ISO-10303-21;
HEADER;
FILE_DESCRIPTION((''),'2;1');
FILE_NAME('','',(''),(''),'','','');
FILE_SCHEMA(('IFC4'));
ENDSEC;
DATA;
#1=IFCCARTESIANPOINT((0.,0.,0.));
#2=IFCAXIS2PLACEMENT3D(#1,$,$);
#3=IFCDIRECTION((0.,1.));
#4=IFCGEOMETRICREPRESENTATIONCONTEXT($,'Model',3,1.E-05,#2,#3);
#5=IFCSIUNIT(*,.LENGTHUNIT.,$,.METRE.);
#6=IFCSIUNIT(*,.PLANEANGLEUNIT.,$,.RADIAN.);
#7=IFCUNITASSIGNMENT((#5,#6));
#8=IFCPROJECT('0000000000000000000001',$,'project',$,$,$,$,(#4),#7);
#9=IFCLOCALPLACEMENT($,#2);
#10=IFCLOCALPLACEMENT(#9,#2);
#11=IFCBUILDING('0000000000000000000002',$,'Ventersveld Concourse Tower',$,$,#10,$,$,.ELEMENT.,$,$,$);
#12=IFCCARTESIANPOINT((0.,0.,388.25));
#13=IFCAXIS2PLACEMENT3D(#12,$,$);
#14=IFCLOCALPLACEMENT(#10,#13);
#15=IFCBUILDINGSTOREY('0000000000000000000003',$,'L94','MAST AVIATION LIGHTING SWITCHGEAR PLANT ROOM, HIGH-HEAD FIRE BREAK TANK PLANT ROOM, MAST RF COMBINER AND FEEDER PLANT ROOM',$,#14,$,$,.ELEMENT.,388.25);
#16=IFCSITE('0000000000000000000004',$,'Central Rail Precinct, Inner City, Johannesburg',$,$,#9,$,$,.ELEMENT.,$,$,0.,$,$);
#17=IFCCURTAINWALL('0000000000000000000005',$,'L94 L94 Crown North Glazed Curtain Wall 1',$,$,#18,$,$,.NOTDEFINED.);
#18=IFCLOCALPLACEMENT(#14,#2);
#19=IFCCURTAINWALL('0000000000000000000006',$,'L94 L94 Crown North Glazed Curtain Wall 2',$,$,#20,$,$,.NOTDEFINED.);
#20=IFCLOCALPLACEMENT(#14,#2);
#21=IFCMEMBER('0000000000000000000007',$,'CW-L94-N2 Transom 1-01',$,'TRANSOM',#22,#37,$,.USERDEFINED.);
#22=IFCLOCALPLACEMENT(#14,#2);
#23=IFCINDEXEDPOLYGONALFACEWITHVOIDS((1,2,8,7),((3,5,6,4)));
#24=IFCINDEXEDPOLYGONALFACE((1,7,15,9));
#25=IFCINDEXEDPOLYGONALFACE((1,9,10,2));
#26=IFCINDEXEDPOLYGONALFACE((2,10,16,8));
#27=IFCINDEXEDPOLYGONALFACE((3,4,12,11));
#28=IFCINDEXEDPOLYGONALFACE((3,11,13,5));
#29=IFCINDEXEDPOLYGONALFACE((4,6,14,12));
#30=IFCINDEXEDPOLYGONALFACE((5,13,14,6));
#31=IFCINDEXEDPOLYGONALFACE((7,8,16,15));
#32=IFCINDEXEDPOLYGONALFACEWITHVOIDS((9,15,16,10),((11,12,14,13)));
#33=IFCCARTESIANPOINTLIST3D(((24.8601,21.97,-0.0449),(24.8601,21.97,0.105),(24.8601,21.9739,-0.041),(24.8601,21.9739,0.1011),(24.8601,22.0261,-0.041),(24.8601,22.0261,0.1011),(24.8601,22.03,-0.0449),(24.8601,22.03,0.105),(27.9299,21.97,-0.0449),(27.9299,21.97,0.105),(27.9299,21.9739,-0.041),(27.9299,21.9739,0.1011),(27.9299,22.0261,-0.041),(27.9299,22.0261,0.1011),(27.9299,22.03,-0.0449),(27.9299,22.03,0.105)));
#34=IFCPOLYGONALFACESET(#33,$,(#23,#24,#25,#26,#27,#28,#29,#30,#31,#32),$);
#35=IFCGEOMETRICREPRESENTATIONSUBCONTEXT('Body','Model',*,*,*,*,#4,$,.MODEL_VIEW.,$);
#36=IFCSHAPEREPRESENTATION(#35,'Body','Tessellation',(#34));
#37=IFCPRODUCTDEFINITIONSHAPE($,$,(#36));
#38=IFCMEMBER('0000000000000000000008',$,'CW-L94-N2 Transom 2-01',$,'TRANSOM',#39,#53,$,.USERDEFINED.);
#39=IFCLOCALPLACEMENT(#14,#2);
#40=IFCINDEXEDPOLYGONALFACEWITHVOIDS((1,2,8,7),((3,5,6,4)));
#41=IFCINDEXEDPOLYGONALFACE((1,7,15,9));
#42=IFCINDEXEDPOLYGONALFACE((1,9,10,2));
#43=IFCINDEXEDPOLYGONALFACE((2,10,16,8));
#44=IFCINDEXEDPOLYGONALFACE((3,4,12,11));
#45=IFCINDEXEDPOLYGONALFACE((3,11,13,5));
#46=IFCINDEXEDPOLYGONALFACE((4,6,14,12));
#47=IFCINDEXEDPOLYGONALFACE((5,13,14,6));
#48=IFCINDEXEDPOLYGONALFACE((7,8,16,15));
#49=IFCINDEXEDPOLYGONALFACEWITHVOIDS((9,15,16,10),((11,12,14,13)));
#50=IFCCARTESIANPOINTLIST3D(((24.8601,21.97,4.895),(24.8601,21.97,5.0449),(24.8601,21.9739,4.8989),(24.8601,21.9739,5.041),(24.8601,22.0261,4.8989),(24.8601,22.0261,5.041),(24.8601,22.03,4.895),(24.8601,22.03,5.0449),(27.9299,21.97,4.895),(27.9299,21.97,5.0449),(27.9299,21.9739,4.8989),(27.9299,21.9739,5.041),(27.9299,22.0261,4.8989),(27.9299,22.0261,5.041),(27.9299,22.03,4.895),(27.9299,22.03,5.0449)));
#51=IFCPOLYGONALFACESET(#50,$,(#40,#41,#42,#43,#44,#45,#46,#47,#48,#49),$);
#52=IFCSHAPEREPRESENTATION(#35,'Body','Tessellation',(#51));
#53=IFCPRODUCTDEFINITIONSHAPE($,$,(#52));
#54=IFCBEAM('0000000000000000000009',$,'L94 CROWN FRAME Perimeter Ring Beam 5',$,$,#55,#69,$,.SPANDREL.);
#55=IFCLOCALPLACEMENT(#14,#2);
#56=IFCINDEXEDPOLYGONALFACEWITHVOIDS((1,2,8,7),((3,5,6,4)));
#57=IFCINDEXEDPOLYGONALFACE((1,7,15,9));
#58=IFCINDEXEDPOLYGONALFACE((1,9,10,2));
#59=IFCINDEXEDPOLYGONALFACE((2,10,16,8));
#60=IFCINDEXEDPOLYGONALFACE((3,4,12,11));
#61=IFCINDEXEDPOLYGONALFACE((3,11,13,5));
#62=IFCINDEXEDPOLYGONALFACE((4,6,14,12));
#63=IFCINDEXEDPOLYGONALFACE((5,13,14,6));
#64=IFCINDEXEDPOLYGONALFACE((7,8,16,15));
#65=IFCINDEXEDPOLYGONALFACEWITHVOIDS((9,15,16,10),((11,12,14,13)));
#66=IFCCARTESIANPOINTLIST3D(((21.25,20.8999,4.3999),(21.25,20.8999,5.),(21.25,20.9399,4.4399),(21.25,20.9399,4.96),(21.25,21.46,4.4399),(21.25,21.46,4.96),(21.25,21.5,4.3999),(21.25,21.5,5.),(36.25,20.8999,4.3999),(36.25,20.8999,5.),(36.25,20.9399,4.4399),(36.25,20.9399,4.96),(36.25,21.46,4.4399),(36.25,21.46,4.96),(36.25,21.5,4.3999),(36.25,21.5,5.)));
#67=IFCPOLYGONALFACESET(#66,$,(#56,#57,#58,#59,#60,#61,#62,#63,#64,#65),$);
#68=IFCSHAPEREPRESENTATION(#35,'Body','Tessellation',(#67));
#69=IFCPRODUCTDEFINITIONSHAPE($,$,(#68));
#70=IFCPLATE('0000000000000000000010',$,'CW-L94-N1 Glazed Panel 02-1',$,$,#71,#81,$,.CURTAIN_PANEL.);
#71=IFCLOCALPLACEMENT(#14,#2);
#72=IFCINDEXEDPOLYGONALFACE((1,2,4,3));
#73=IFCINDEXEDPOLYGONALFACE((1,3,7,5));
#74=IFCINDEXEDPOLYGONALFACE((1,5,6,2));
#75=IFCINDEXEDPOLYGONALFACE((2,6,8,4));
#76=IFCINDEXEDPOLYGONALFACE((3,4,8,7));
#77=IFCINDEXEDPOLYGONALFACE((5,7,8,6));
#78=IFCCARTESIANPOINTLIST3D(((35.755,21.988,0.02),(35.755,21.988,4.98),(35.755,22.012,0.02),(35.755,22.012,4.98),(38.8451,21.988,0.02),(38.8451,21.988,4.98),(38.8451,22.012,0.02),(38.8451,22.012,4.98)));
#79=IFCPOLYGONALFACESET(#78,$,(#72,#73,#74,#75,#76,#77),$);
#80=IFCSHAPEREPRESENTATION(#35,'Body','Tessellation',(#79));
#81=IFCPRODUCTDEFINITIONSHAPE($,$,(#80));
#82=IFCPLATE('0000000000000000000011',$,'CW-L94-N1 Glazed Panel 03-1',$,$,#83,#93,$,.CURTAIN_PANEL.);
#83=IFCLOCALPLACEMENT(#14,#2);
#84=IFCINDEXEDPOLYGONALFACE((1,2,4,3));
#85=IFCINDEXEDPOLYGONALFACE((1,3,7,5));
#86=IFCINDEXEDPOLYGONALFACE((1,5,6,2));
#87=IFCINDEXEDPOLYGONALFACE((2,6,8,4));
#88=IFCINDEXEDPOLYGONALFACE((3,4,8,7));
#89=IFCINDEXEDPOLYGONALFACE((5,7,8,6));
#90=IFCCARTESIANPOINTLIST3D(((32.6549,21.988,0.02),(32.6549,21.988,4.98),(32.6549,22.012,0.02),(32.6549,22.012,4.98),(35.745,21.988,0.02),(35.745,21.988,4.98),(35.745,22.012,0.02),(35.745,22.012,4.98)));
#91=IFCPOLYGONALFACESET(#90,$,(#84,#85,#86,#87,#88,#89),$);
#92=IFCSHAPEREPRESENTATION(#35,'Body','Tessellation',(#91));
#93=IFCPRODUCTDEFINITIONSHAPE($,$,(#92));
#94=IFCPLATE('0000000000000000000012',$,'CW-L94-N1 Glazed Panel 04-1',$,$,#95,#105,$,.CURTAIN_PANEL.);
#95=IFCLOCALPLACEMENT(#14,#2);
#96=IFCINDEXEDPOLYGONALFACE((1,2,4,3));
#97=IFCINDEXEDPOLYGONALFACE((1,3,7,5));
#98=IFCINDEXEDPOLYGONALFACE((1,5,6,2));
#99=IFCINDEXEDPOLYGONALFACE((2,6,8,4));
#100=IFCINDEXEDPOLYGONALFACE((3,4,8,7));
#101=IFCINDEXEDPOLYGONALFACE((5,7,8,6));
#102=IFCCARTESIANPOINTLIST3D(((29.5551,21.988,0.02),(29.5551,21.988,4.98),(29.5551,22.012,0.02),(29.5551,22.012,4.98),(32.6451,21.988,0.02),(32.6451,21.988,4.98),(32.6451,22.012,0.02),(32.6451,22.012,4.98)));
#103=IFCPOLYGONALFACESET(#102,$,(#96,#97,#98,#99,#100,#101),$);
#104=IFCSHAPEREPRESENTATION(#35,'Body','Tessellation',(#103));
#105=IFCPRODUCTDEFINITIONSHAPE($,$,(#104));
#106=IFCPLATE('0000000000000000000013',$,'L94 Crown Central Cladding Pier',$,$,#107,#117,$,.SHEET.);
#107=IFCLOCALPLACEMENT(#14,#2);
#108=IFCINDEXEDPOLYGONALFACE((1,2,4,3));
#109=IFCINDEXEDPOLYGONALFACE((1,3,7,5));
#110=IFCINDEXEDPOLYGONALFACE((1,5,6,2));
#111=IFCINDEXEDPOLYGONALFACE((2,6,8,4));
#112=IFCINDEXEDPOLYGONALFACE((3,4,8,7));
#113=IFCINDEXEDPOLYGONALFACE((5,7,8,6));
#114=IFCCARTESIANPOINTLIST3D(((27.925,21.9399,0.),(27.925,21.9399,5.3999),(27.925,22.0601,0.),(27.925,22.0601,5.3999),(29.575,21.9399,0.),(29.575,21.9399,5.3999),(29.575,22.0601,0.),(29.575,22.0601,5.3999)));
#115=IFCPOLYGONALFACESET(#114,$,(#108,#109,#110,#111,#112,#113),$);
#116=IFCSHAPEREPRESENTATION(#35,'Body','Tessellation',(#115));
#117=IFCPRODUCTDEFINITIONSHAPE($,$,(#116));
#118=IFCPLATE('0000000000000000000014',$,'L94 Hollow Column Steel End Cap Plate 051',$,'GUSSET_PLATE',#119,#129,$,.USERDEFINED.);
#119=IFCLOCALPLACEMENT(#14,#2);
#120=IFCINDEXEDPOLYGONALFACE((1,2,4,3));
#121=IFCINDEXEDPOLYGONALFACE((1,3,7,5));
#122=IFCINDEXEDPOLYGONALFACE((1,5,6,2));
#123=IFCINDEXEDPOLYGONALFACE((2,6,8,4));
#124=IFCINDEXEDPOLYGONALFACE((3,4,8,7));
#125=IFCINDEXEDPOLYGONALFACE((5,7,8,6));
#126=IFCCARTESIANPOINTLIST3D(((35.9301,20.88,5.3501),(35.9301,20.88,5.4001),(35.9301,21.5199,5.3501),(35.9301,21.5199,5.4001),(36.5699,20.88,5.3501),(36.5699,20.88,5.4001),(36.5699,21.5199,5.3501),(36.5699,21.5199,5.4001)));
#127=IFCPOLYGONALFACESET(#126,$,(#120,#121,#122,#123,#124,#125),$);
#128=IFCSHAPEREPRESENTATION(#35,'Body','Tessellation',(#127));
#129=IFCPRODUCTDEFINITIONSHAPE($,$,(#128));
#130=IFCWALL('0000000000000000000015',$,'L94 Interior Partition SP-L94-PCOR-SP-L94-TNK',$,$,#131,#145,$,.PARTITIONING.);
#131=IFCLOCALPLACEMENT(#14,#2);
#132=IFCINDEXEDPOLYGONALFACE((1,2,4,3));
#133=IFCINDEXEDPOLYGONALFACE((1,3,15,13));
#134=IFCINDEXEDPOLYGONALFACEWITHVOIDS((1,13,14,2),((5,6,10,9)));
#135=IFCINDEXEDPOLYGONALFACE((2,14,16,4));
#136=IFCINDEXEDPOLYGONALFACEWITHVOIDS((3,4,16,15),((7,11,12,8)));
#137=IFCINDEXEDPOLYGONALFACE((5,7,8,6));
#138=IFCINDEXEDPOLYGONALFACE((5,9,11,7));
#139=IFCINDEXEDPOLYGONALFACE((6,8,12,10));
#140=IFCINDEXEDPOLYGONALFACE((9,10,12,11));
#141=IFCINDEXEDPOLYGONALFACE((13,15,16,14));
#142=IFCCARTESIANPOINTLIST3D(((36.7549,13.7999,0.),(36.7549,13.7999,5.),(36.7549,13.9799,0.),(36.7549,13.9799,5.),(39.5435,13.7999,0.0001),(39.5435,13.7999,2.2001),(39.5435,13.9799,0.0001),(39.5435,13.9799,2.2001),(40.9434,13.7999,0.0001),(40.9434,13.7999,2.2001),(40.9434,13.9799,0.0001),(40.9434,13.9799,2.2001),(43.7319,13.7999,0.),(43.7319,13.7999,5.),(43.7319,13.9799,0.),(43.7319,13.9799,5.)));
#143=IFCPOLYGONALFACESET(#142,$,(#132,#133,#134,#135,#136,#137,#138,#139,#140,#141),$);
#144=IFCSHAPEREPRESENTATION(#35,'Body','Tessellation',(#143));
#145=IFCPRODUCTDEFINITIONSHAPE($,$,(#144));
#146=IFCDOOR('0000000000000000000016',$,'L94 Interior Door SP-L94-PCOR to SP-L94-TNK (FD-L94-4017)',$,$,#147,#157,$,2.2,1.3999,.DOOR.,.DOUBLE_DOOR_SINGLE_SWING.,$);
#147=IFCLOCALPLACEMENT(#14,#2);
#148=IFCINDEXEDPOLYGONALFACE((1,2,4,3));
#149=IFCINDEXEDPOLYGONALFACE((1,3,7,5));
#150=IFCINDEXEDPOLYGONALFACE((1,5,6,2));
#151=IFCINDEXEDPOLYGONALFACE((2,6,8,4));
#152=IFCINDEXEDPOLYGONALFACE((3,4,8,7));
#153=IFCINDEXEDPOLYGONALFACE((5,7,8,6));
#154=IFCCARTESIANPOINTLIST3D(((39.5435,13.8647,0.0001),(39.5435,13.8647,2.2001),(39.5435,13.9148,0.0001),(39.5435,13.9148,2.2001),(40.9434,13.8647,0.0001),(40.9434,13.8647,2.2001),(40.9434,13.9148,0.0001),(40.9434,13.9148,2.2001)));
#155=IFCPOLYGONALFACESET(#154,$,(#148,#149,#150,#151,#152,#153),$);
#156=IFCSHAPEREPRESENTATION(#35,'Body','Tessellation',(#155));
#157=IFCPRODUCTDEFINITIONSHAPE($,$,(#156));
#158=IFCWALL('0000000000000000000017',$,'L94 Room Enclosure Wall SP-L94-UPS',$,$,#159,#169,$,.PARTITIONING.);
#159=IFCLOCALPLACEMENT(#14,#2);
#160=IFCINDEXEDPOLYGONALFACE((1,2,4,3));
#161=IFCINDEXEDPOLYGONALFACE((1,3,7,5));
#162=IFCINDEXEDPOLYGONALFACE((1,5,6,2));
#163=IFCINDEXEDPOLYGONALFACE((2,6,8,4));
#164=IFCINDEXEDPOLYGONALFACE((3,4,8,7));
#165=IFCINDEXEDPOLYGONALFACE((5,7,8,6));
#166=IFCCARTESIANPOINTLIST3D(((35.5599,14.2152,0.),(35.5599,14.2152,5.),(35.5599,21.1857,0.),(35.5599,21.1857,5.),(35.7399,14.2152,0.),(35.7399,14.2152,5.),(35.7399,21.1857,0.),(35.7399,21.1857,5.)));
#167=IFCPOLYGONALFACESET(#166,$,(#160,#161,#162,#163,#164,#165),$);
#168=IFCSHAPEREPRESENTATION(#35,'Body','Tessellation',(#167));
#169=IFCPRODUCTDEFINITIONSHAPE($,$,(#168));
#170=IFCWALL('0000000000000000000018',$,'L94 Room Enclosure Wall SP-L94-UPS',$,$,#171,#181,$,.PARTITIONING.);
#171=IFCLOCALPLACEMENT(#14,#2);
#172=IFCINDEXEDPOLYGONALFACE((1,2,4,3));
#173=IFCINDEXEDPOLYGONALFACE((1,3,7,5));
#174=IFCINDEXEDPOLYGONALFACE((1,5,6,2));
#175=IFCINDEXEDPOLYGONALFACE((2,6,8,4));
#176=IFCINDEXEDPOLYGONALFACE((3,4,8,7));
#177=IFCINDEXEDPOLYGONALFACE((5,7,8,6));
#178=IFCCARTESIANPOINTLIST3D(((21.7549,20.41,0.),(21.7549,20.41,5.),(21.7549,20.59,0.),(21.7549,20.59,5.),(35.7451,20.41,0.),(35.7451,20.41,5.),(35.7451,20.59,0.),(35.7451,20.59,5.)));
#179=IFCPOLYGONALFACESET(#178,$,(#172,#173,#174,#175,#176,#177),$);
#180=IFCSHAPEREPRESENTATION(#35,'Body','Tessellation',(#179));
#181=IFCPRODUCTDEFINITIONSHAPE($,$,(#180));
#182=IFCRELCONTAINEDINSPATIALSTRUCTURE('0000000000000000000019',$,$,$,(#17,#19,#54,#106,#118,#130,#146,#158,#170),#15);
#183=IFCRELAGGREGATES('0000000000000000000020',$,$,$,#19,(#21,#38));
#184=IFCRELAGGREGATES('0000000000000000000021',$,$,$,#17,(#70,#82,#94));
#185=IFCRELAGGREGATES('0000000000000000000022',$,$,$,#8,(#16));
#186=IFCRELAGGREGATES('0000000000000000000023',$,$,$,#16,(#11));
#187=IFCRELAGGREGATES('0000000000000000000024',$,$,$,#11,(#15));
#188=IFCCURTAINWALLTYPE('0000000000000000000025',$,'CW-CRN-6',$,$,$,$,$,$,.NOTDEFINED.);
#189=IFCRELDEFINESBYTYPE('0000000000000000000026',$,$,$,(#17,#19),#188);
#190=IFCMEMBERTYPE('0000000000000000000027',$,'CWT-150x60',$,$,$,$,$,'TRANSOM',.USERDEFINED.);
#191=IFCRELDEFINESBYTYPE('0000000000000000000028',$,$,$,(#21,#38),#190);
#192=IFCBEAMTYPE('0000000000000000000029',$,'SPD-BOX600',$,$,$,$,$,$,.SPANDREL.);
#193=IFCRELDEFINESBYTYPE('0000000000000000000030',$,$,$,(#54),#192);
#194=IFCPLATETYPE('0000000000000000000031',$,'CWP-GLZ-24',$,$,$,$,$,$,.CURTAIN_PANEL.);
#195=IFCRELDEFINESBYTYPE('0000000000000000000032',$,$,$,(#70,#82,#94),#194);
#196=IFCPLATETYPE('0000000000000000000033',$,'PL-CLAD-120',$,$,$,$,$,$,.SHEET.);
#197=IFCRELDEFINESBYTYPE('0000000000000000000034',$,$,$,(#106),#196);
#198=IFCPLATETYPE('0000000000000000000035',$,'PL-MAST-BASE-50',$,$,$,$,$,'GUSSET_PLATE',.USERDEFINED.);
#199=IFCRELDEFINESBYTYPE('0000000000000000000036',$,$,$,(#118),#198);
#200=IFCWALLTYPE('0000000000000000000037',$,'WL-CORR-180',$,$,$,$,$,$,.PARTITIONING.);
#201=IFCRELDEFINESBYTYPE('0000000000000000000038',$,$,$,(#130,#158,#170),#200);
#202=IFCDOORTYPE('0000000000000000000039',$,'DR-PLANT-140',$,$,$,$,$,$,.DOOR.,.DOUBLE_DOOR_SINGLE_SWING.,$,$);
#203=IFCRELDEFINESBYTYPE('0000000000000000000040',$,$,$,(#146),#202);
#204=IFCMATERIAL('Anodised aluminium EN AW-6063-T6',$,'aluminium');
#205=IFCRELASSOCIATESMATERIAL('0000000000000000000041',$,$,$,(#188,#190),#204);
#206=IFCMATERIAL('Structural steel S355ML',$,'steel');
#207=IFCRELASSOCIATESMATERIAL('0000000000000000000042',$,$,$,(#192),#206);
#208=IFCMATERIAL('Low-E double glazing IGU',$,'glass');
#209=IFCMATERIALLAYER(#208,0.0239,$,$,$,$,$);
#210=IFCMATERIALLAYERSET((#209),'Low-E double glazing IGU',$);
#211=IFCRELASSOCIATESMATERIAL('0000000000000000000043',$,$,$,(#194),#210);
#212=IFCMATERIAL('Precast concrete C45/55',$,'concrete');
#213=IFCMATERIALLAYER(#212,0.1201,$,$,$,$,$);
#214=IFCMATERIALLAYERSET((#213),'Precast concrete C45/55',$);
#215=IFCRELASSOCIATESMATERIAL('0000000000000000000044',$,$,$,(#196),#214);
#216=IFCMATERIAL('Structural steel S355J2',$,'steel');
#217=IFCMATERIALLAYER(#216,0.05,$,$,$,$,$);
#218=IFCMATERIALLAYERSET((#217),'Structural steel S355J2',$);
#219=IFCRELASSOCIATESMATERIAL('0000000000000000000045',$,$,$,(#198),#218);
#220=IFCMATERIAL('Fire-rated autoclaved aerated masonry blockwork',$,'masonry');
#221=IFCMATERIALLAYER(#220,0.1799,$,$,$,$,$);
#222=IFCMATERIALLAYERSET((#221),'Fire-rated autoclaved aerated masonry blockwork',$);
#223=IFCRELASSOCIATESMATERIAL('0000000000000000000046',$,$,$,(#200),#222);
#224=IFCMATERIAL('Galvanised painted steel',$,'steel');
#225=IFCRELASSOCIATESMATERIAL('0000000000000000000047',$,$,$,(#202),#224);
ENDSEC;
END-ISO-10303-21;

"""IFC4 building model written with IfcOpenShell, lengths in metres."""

from ifc_helpers import new_model, si_unit, direction, frame, frame_2d, origin, origin_2d, place, context, subcontext, project, spatial, rectangle, hollow_rectangle, extrude, material, layer, layer_set, material_profile, profile_set, type_object, element, fill, aggregate, save


model = new_model("IFC4")

# Units and contexts
model_context = context("Model", 3, precision=1e-05, world=origin(), true_north=direction((0.0, 1.0)))
body_context = subcontext(model_context, "Body", "Model", "MODEL_VIEW")
ifc_project = project(units=[si_unit("LENGTHUNIT", "METRE"), si_unit("PLANEANGLEUNIT", "RADIAN")], contexts=[model_context])

# Site, building, storey
site_placement = place(None, origin())
site = spatial("IfcSite", under=ifc_project, at=site_placement, Name="Central Rail Precinct, Inner City, Johannesburg", CompositionType="ELEMENT", RefElevation=0.0)
building_placement = place(site_placement, origin())
building = spatial("IfcBuilding", under=site, at=building_placement, Name="Ventersveld Concourse Tower", CompositionType="ELEMENT")
storey_placement = place(building_placement, frame((0.0, 0.0, 388.25)))
storey = spatial("IfcBuildingStorey", under=building, at=storey_placement, Name="L94", Description="MAST AVIATION LIGHTING SWITCHGEAR PLANT ROOM, HIGH-HEAD FIRE BREAK TANK PLANT ROOM, MAST RF COMBINER AND FEEDER PLANT ROOM", CompositionType="ELEMENT", Elevation=388.25)

# Shared definitions
ifc_material_1 = material(Name="Structural steel S355ML", Category="steel")

# Curtain wall
ifc_material_2 = material(Name="Anodised aluminium EN AW-6063-T6", Category="aluminium")
curtain_wall_type = type_object("IfcCurtainWallType", Name="CW-CRN-6", PredefinedType="NOTDEFINED", material=ifc_material_2)
curtain_wall_1_placement = place(storey_placement, origin())
curtain_wall_1 = element("IfcCurtainWall", 1, at=curtain_wall_1_placement, inside=storey, type_object=curtain_wall_type, Name="L94 L94 Crown North Glazed Curtain Wall 1", PredefinedType="NOTDEFINED")

# Curtain wall
curtain_wall_2_placement = place(storey_placement, origin())
curtain_wall_2 = element("IfcCurtainWall", 2, at=curtain_wall_2_placement, inside=storey, type_object=curtain_wall_type, Name="L94 L94 Crown North Glazed Curtain Wall 2", PredefinedType="NOTDEFINED")

# Members
ifc_material_profile_1 = material_profile(ifc_material_2, hollow_rectangle(XDim=0.0601, YDim=0.1499, WallThickness=0.0039, at=origin_2d()), Name="ALU 150x60x4")
ifc_profile_set_1 = profile_set([ifc_material_profile_1], Name="Anodised aluminium EN AW-6063-T6")
member_type_1 = type_object("IfcMemberType", Name="CWT-150x60", ElementType="TRANSOM", PredefinedType="USERDEFINED", material=ifc_profile_set_1)
member_1_placement = place(storey_placement, frame((27.9299, 22.0, 0.03), z_axis=(-1.0, 0.0, 0.0), x_axis=(0.0, -1.0, 0.0)))
member_1 = element("IfcMember", 3, at=member_1_placement, type_object=member_type_1, Name="CW-L94-N2 Transom 1-01", ObjectType="TRANSOM", PredefinedType="USERDEFINED", context=body_context, shape_type="SweptSolid", body=[
    extrude(hollow_rectangle(XDim=0.0601, YDim=0.1499, WallThickness=0.0039, at=origin_2d()), origin(), (0.0, 0.0, 1.0), 3.0698),
])
member_2_placement = place(storey_placement, frame((27.9299, 22.0, 4.97), z_axis=(-1.0, 0.0, 0.0), x_axis=(0.0, -1.0, 0.0)))
member_2 = element("IfcMember", 4, at=member_2_placement, type_object=member_type_1, Name="CW-L94-N2 Transom 2-01", ObjectType="TRANSOM", PredefinedType="USERDEFINED", context=body_context, shape_type="SweptSolid", body=[
    extrude(hollow_rectangle(XDim=0.0601, YDim=0.1499, WallThickness=0.0039, at=origin_2d()), origin(), (0.0, 0.0, 1.0), 3.0698),
])
aggregate(curtain_wall_2, [member_1, member_2])

# Beam
ifc_material_profile_2 = material_profile(ifc_material_1, hollow_rectangle(XDim=0.6001, YDim=0.6001, WallThickness=0.04, at=origin_2d()), Name="BOX 600x600x40")
ifc_profile_set_2 = profile_set([ifc_material_profile_2], Name="Structural steel S355ML")
beam_type = type_object("IfcBeamType", Name="SPD-BOX600", PredefinedType="SPANDREL", material=ifc_profile_set_2)
beam_placement = place(storey_placement, frame((36.25, 21.2, 4.7), z_axis=(-1.0, 0.0, 0.0), x_axis=(0.0, -1.0, 0.0)))
element("IfcBeam", 5, at=beam_placement, inside=storey, type_object=beam_type, Name="L94 CROWN FRAME Perimeter Ring Beam 5", PredefinedType="SPANDREL", context=body_context, shape_type="SweptSolid", body=[
    extrude(hollow_rectangle(XDim=0.6001, YDim=0.6001, WallThickness=0.04, at=origin_2d()), origin(), (0.0, 0.0, 1.0), 15.0),
])

# Plates
ifc_material_3 = material(Name="Low-E double glazing IGU", Category="glass")
ifc_layer_1 = layer(ifc_material_3, 0.0239)
ifc_layer_set_1 = layer_set([ifc_layer_1], Name="Low-E double glazing IGU")
plate_type_1 = type_object("IfcPlateType", Name="CWP-GLZ-24", PredefinedType="CURTAIN_PANEL", material=ifc_layer_set_1)
plate_1_placement = place(storey_placement, frame((37.3, 22.0, 0.02), z_axis=(0.0, 0.0, 1.0), x_axis=(-1.0, 0.0, 0.0)))
plate_1 = element("IfcPlate", 6, at=plate_1_placement, type_object=plate_type_1, Name="CW-L94-N1 Glazed Panel 02-1", PredefinedType="CURTAIN_PANEL", context=body_context, shape_type="SweptSolid", body=[
    extrude(rectangle(XDim=3.0901, YDim=0.0239, at=origin_2d()), origin(), (0.0, 0.0, 1.0), 4.96),
])
plate_2_placement = place(storey_placement, frame((34.2, 22.0, 0.02), z_axis=(0.0, 0.0, 1.0), x_axis=(-1.0, 0.0, 0.0)))
plate_2 = element("IfcPlate", 7, at=plate_2_placement, type_object=plate_type_1, Name="CW-L94-N1 Glazed Panel 03-1", PredefinedType="CURTAIN_PANEL", context=body_context, shape_type="SweptSolid", body=[
    extrude(rectangle(XDim=3.0901, YDim=0.0239, at=origin_2d()), origin(), (0.0, 0.0, 1.0), 4.96),
])
plate_3_placement = place(storey_placement, frame((31.1001, 22.0, 0.02), z_axis=(0.0, 0.0, 1.0), x_axis=(-1.0, 0.0, 0.0)))
plate_3 = element("IfcPlate", 8, at=plate_3_placement, type_object=plate_type_1, Name="CW-L94-N1 Glazed Panel 04-1", PredefinedType="CURTAIN_PANEL", context=body_context, shape_type="SweptSolid", body=[
    extrude(rectangle(XDim=3.0901, YDim=0.0239, at=origin_2d()), origin(), (0.0, 0.0, 1.0), 4.96),
])
aggregate(curtain_wall_1, [plate_1, plate_2, plate_3])

# Plates
ifc_material_4 = material(Name="Precast concrete C45/55", Category="concrete")
ifc_layer_2 = layer(ifc_material_4, 0.1201)
ifc_layer_set_2 = layer_set([ifc_layer_2], Name="Precast concrete C45/55")
plate_type_2 = type_object("IfcPlateType", Name="PL-CLAD-120", PredefinedType="SHEET", material=ifc_layer_set_2)
plate_4_placement = place(storey_placement, frame((28.75, 22.0, 0.0), z_axis=(0.0, 0.0, 1.0), x_axis=(-1.0, 0.0, 0.0)))
element("IfcPlate", 9, at=plate_4_placement, inside=storey, type_object=plate_type_2, Name="L94 Crown Central Cladding Pier", PredefinedType="SHEET", context=body_context, shape_type="SweptSolid", body=[
    extrude(rectangle(XDim=1.6499, YDim=0.1201, at=origin_2d()), origin(), (0.0, 0.0, 1.0), 5.3999),
])
ifc_material_5 = material(Name="Structural steel S355J2", Category="steel")
ifc_layer_3 = layer(ifc_material_5, 0.05)
ifc_layer_set_3 = layer_set([ifc_layer_3], Name="Structural steel S355J2")
plate_type_3 = type_object("IfcPlateType", Name="PL-MAST-BASE-50", ElementType="GUSSET_PLATE", PredefinedType="USERDEFINED", material=ifc_layer_set_3)
plate_5_placement = place(storey_placement, frame((36.25, 21.2, 5.3501), z_axis=(0.0, 0.0, 1.0), x_axis=(1.0, 0.0, 0.0)))
element("IfcPlate", 10, at=plate_5_placement, inside=storey, type_object=plate_type_3, Name="L94 Hollow Column Steel End Cap Plate 051", ObjectType="GUSSET_PLATE", PredefinedType="USERDEFINED", context=body_context, shape_type="SweptSolid", body=[
    extrude(rectangle(XDim=0.6399, YDim=0.6399, at=origin_2d()), origin(), (0.0, 0.0, 1.0), 0.05),
])

# Wall, opening, door
ifc_material_6 = material(Name="Fire-rated autoclaved aerated masonry blockwork", Category="masonry")
ifc_layer_4 = layer(ifc_material_6, 0.1799)
ifc_layer_set_4 = layer_set([ifc_layer_4], Name="Fire-rated autoclaved aerated masonry blockwork")
wall_type = type_object("IfcWallType", Name="WL-CORR-180", PredefinedType="PARTITIONING", material=ifc_layer_set_4)
wall_1_placement = place(storey_placement, frame((36.7549, 13.8899, 0.0), z_axis=(0.0, 0.0, 1.0), x_axis=(1.0, 0.0, 0.0)))
wall_1 = element("IfcWall", 11, at=wall_1_placement, inside=storey, type_object=wall_type, Name="L94 Interior Partition SP-L94-PCOR-SP-L94-TNK", PredefinedType="PARTITIONING", context=body_context, shape_type="SweptSolid", body=[
    extrude(rectangle(XDim=6.9771, YDim=0.1799, at=frame_2d((3.4885, 0.0))), origin(), (0.0, 0.0, 1.0), 5.0),
])
opening_placement = place(wall_1_placement, frame((2.7886, 0.0, 0.0)))
opening = element("IfcOpeningElement", 12, at=opening_placement, cuts=wall_1, PredefinedType="OPENING", context=body_context, shape_type="SweptSolid", body=[
    extrude(rectangle(XDim=1.3999, YDim=2.2, at=frame_2d((0.7, 1.1001))), frame((0.0, 0.1001, 0.0), z_axis=(0.0, -1.0, 0.0), x_axis=(1.0, 0.0, 0.0)), (0.0, 0.0, 1.0), 0.2),
])
ifc_material_7 = material(Name="Galvanised painted steel", Category="steel")
door_type = type_object("IfcDoorType", Name="DR-PLANT-140", OperationType="DOUBLE_DOOR_SINGLE_SWING", PredefinedType="DOOR", material=ifc_material_7)
door_placement = place(opening_placement, origin())
door = element("IfcDoor", 13, at=door_placement, inside=storey, type_object=door_type, Name="L94 Interior Door SP-L94-PCOR to SP-L94-TNK (FD-L94-4017)", OperationType="DOUBLE_DOOR_SINGLE_SWING", OverallHeight=2.2, OverallWidth=1.3999, PredefinedType="DOOR", context=body_context, shape_type="SweptSolid", body=[
    extrude(rectangle(XDim=1.3999, YDim=2.2, at=frame_2d((0.7, 1.1001))), frame((0.0, 0.0249, 0.0), z_axis=(0.0, -1.0, 0.0), x_axis=(1.0, 0.0, 0.0)), (0.0, 0.0, 1.0), 0.05),
])
fill(opening, door)

# Walls
wall_2_placement = place(storey_placement, frame((35.6499, 14.2151, 0.0), z_axis=(0.0, 0.0, 1.0), x_axis=(0.0, 1.0, 0.0)))
element("IfcWall", 14, at=wall_2_placement, inside=storey, type_object=wall_type, Name="L94 Room Enclosure Wall SP-L94-UPS", PredefinedType="PARTITIONING", context=body_context, shape_type="SweptSolid", body=[
    extrude(rectangle(XDim=6.9705, YDim=0.1799, at=frame_2d((3.4854, 0.0))), origin(), (0.0, 0.0, 1.0), 5.0),
])
wall_3_placement = place(storey_placement, frame((35.7451, 20.5, 0.0), z_axis=(0.0, 0.0, 1.0), x_axis=(-1.0, 0.0, 0.0)))
element("IfcWall", 15, at=wall_3_placement, inside=storey, type_object=wall_type, Name="L94 Room Enclosure Wall SP-L94-UPS", PredefinedType="PARTITIONING", context=body_context, shape_type="SweptSolid", body=[
    extrude(rectangle(XDim=13.9902, YDim=0.1799, at=frame_2d((6.9951, 0.0))), origin(), (0.0, 0.0, 1.0), 5.0),
])

save(model, "model.ifc")
